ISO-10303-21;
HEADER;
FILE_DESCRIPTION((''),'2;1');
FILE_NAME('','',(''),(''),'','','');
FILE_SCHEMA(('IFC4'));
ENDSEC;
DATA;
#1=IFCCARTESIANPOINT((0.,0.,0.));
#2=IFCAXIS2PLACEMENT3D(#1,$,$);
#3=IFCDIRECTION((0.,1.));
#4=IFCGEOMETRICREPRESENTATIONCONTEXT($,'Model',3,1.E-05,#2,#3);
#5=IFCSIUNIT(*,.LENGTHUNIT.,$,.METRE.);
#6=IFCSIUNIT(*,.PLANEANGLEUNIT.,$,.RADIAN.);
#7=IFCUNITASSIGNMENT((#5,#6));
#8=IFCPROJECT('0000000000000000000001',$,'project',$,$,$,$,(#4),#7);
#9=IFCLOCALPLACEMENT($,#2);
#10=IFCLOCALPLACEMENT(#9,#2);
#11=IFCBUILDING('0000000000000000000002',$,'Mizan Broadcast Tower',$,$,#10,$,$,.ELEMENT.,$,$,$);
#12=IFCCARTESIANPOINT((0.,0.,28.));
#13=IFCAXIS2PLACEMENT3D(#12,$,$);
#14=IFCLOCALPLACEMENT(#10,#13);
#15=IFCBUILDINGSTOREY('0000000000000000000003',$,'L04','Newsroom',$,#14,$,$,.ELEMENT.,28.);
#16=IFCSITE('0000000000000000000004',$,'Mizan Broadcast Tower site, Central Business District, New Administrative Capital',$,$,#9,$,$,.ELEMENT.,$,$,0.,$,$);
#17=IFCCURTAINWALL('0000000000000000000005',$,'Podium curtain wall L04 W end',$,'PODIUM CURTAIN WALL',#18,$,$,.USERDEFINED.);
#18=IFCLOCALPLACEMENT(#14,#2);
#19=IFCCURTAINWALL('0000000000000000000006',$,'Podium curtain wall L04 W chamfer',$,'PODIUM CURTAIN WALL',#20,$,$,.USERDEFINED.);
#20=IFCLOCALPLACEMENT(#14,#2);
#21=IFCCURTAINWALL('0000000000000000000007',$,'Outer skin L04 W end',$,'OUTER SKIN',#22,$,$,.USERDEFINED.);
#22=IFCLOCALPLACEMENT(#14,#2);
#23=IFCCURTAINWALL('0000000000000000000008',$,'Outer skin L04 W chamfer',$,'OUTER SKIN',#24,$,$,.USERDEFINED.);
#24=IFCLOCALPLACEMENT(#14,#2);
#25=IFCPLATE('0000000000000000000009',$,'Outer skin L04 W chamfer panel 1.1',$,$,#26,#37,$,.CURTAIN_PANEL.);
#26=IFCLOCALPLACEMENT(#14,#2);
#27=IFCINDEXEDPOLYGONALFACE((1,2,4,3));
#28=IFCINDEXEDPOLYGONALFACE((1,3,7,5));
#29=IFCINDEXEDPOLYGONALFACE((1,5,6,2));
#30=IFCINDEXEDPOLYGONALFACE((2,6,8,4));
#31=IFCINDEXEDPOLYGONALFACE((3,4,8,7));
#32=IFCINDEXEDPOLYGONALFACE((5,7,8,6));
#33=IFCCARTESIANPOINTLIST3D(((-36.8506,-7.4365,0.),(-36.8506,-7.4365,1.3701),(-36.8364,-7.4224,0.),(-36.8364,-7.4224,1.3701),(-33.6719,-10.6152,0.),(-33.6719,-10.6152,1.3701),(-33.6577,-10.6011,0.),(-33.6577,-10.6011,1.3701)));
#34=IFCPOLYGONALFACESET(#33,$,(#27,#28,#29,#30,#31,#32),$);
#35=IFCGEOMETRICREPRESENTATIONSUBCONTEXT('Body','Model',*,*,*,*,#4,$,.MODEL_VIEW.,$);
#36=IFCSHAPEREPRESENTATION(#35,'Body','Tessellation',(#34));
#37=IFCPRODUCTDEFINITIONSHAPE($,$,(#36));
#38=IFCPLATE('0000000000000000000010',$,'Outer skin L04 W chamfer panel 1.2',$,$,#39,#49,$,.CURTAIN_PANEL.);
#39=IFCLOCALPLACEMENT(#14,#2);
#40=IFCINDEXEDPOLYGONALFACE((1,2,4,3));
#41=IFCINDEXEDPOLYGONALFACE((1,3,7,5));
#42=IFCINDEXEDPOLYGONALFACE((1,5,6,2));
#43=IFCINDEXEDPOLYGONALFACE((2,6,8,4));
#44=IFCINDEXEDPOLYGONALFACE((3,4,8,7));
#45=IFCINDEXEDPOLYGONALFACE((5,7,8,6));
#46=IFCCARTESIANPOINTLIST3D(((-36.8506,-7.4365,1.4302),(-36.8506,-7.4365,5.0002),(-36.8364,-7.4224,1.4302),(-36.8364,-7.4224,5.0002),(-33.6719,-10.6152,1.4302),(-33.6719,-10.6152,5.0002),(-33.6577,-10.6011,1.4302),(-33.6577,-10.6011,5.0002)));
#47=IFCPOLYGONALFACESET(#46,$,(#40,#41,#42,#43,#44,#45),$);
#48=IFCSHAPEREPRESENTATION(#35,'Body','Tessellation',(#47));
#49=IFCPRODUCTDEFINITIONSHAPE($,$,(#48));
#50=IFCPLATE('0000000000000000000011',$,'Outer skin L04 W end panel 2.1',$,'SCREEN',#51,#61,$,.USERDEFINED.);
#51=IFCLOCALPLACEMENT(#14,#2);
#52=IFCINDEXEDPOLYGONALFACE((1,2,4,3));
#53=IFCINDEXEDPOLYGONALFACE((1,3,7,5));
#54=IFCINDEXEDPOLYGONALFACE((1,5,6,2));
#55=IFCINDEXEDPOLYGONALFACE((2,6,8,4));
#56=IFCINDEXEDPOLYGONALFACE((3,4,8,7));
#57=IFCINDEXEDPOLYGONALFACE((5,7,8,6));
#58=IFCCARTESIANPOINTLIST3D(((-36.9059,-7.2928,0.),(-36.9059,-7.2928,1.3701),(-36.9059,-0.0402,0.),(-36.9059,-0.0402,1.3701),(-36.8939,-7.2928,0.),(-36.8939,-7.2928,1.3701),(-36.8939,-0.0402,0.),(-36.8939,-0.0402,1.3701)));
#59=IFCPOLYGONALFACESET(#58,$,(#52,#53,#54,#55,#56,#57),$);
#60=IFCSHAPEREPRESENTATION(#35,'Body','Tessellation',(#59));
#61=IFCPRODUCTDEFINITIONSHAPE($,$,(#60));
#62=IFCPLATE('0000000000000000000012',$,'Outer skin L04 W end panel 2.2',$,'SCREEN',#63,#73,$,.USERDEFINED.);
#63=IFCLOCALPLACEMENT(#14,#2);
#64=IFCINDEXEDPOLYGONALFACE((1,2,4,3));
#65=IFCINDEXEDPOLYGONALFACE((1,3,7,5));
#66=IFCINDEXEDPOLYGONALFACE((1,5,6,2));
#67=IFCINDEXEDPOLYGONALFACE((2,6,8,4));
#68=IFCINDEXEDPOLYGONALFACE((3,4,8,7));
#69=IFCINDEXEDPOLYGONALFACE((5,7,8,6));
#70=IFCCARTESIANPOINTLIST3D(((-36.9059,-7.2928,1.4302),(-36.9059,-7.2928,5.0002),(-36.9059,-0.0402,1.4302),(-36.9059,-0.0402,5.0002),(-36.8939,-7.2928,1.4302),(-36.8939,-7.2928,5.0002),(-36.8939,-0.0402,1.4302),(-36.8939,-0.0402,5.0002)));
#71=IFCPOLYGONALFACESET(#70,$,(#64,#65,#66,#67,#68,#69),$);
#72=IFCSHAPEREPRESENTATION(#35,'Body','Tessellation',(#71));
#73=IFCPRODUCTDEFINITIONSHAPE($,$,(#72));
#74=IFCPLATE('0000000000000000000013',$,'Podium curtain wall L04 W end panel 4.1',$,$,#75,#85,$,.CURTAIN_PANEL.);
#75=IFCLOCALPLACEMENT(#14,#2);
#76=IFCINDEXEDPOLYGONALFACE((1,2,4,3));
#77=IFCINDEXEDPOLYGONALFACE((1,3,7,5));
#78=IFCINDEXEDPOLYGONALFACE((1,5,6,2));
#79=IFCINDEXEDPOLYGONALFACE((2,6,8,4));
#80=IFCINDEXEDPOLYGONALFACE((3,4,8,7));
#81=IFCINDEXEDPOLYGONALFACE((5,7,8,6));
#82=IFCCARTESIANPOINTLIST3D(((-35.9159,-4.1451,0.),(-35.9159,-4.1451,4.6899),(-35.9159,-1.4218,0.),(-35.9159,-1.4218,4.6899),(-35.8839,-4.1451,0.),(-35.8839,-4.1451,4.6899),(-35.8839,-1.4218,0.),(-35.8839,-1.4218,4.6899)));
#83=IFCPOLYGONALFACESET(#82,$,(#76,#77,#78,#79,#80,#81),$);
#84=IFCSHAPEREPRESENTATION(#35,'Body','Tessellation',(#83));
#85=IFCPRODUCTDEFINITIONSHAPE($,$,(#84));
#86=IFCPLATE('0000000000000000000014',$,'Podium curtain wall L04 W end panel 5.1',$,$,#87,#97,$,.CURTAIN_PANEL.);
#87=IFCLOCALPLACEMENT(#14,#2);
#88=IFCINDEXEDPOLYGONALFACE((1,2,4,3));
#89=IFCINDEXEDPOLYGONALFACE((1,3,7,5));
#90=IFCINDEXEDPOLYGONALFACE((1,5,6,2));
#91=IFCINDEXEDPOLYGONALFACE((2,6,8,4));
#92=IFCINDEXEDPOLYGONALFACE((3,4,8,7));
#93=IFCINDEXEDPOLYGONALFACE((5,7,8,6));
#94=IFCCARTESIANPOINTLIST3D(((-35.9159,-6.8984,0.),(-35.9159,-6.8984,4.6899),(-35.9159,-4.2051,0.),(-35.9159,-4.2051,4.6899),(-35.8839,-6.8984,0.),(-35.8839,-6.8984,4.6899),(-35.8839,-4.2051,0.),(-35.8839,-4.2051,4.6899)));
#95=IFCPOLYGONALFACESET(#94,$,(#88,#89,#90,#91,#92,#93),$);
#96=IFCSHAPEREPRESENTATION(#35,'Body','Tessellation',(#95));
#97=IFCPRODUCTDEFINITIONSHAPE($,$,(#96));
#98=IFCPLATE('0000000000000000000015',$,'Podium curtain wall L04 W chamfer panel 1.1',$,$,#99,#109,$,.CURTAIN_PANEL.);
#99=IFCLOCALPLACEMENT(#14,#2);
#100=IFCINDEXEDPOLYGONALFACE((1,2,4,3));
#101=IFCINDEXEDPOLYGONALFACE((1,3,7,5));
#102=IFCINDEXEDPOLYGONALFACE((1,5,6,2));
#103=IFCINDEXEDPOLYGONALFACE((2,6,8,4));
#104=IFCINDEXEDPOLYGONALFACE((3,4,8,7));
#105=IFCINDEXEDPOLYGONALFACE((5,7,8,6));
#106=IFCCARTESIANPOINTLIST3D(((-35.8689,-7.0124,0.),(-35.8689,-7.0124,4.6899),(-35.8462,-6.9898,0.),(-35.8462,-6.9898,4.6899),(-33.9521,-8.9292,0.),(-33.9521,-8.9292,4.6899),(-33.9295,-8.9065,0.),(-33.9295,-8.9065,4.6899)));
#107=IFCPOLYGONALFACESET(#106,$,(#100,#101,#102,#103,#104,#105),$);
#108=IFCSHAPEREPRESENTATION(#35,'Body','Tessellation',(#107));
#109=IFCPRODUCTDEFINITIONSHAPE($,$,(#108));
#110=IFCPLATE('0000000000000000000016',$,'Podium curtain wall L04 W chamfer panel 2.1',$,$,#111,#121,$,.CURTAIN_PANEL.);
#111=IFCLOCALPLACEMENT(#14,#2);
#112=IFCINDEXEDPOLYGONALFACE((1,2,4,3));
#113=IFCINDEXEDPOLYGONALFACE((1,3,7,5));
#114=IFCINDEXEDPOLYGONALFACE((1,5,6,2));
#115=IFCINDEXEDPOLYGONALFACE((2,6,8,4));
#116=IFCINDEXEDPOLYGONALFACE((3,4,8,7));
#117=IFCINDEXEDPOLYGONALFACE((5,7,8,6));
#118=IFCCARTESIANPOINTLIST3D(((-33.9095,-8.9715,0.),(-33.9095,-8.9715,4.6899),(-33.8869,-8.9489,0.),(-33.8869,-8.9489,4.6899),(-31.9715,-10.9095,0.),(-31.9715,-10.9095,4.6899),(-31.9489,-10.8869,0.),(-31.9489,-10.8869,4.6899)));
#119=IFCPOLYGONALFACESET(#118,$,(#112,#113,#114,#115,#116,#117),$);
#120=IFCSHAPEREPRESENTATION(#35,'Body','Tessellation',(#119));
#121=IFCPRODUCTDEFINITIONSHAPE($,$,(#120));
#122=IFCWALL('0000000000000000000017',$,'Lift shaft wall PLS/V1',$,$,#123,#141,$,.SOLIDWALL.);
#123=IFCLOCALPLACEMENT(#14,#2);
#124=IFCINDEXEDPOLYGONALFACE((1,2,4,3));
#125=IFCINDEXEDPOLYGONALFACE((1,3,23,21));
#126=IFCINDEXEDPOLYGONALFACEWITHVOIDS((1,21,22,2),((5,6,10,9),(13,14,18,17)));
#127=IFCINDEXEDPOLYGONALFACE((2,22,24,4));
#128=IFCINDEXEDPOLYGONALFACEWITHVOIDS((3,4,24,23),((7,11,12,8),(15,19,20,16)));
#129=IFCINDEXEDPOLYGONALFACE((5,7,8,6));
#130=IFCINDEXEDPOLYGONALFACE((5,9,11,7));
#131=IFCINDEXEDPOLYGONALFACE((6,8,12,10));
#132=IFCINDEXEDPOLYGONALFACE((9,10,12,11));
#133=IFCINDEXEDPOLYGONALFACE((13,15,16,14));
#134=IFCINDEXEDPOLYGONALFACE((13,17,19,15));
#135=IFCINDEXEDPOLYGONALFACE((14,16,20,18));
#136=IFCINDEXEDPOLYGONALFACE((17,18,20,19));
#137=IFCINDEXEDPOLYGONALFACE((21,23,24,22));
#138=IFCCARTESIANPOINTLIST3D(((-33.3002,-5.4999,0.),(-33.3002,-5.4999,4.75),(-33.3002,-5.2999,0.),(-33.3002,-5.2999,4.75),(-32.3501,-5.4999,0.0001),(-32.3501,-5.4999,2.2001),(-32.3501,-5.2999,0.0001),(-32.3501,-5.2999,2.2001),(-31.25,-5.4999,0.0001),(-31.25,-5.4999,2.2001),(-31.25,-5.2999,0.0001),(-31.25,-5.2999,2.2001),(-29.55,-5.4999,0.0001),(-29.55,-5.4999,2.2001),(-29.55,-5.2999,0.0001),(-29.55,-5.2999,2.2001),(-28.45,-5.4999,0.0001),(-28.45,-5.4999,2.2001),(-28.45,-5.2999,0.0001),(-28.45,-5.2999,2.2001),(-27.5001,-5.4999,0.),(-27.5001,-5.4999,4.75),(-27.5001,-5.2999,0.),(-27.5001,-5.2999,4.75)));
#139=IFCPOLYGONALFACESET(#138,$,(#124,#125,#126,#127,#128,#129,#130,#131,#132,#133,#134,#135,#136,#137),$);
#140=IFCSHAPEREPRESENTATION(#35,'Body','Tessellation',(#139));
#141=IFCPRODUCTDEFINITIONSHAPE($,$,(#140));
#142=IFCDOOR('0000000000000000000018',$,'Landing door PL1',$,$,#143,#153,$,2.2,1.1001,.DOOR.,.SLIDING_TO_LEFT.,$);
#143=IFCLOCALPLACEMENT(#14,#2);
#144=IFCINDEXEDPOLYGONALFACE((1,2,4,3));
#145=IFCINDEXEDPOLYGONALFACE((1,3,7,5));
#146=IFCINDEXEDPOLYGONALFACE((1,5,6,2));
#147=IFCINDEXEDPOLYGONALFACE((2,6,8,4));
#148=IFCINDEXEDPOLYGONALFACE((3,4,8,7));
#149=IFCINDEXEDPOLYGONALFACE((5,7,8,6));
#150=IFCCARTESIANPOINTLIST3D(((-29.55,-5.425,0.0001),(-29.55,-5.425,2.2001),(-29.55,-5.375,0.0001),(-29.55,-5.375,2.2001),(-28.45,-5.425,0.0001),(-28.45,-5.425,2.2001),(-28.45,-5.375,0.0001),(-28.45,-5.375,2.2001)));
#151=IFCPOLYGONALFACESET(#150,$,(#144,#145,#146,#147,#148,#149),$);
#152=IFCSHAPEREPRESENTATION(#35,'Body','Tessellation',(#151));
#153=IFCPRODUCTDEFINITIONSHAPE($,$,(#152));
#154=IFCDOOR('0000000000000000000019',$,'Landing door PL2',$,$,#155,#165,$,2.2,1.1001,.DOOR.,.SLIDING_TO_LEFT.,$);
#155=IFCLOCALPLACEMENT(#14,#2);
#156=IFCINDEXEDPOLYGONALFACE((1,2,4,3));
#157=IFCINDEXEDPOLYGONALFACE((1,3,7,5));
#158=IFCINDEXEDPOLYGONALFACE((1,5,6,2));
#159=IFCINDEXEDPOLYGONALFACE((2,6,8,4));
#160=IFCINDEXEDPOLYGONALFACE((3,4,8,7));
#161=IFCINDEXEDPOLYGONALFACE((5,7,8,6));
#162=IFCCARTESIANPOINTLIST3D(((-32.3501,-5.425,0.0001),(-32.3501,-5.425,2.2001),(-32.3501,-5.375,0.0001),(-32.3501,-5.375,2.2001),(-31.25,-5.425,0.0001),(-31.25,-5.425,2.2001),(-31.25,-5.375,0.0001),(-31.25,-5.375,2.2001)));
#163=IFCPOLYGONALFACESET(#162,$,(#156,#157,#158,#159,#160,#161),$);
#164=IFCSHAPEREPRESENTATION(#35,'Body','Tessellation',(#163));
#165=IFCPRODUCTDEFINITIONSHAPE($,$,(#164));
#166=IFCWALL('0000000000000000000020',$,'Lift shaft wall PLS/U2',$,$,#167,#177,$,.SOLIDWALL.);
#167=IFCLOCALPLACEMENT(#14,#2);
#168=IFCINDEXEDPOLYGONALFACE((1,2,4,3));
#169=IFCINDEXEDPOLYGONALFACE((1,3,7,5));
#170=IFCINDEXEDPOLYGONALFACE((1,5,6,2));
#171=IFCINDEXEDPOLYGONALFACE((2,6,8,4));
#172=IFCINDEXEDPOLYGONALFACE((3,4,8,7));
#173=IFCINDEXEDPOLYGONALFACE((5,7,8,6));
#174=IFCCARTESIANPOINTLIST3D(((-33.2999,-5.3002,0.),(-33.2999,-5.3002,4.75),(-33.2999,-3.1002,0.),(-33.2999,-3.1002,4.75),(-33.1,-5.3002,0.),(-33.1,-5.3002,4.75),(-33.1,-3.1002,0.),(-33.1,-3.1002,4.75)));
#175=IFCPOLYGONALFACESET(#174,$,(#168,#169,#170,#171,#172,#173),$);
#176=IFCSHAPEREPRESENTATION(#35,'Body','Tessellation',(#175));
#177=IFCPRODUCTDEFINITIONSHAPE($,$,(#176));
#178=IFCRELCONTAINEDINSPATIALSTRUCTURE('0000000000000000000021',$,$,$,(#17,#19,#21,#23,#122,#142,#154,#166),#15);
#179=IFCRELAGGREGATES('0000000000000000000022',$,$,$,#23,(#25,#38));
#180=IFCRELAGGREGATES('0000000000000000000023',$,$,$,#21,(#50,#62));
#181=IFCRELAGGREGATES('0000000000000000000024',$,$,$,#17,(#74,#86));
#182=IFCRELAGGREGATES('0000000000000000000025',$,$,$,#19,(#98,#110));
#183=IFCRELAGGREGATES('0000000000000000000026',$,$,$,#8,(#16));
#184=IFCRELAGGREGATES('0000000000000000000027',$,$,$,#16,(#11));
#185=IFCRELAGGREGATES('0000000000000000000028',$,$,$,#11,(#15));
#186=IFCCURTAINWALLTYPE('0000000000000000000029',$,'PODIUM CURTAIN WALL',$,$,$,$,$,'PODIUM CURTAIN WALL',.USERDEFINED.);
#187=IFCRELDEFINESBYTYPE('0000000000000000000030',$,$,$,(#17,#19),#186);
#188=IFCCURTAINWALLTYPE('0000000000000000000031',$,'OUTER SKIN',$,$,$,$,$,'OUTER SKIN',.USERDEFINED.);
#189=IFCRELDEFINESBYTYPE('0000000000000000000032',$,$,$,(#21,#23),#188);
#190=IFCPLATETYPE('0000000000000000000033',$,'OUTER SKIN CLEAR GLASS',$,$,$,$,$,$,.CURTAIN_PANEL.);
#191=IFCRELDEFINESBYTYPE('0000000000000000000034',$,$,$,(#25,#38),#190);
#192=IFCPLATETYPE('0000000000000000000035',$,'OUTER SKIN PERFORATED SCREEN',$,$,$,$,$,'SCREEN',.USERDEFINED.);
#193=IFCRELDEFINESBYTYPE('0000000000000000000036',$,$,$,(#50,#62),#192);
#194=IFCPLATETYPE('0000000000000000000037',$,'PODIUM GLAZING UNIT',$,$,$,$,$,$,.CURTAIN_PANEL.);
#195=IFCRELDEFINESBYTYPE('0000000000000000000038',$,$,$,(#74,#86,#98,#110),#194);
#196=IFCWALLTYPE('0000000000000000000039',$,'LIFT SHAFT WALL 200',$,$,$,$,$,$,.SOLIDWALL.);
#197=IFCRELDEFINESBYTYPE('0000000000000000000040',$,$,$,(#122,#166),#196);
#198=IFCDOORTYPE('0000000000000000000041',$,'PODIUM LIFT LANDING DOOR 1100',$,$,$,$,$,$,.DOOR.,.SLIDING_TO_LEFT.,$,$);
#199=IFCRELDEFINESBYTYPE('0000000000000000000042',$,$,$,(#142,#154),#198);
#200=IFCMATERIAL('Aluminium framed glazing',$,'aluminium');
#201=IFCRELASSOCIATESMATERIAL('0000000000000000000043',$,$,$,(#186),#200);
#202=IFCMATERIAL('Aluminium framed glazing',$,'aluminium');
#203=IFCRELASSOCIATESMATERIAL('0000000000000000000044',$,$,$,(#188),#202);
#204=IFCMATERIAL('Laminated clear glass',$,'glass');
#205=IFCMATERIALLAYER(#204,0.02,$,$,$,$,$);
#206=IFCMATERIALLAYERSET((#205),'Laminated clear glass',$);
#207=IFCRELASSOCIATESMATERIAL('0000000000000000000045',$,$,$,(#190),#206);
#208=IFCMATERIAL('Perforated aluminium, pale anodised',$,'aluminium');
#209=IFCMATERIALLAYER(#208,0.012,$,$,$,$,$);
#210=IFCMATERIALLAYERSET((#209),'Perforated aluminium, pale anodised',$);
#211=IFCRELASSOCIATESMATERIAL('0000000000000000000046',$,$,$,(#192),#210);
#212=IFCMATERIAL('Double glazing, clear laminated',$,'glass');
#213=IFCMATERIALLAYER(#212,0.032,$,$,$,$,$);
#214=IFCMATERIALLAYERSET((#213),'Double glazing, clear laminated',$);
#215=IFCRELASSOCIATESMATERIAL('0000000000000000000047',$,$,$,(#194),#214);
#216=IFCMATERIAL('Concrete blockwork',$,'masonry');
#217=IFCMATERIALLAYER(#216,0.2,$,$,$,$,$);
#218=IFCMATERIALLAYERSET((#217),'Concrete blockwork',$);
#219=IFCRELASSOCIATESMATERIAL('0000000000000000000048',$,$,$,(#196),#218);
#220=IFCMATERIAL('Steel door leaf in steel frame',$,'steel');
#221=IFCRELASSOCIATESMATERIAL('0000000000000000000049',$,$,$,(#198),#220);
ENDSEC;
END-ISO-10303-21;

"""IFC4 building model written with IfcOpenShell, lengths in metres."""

from ifc_helpers import new_model, si_unit, direction, frame, frame_2d, origin, origin_2d, place, context, subcontext, project, spatial, rectangle, extrude, material, layer, layer_set, type_object, element, fill, aggregate, save


model = new_model("IFC4")

# Units and contexts
model_context = context("Model", 3, precision=1e-05, world=origin(), true_north=direction((0.0, 1.0)))
body_context = subcontext(model_context, "Body", "Model", "MODEL_VIEW")
ifc_project = project(units=[si_unit("LENGTHUNIT", "METRE"), si_unit("PLANEANGLEUNIT", "RADIAN")], contexts=[model_context])

# Site, building, storey
site_placement = place(None, origin())
site = spatial("IfcSite", under=ifc_project, at=site_placement, Name="Mizan Broadcast Tower site, Central Business District, New Administrative Capital", CompositionType="ELEMENT", RefElevation=0.0)
building_placement = place(site_placement, origin())
building = spatial("IfcBuilding", under=site, at=building_placement, Name="Mizan Broadcast Tower", CompositionType="ELEMENT")
storey_placement = place(building_placement, frame((0.0, 0.0, 28.0)))
storey = spatial("IfcBuildingStorey", under=building, at=storey_placement, Name="L04", Description="Newsroom", CompositionType="ELEMENT", Elevation=28.0)

# Curtain wall
ifc_material_1 = material(Name="Aluminium framed glazing", Category="aluminium")
curtain_wall_type_1 = type_object("IfcCurtainWallType", Name="PODIUM CURTAIN WALL", ElementType="PODIUM CURTAIN WALL", PredefinedType="USERDEFINED", material=ifc_material_1)
curtain_wall_1_placement = place(storey_placement, origin())
curtain_wall_1 = element("IfcCurtainWall", 1, at=curtain_wall_1_placement, inside=storey, type_object=curtain_wall_type_1, Name="Podium curtain wall L04 W end", ObjectType="PODIUM CURTAIN WALL", PredefinedType="USERDEFINED")

# Curtain wall
curtain_wall_2_placement = place(storey_placement, origin())
curtain_wall_2 = element("IfcCurtainWall", 2, at=curtain_wall_2_placement, inside=storey, type_object=curtain_wall_type_1, Name="Podium curtain wall L04 W chamfer", ObjectType="PODIUM CURTAIN WALL", PredefinedType="USERDEFINED")

# Curtain wall
ifc_material_2 = material(Name="Aluminium framed glazing", Category="aluminium")
curtain_wall_type_2 = type_object("IfcCurtainWallType", Name="OUTER SKIN", ElementType="OUTER SKIN", PredefinedType="USERDEFINED", material=ifc_material_2)
curtain_wall_3_placement = place(storey_placement, origin())
curtain_wall_3 = element("IfcCurtainWall", 3, at=curtain_wall_3_placement, inside=storey, type_object=curtain_wall_type_2, Name="Outer skin L04 W end", ObjectType="OUTER SKIN", PredefinedType="USERDEFINED")

# Curtain wall, plates
curtain_wall_4_placement = place(storey_placement, origin())
curtain_wall_4 = element("IfcCurtainWall", 4, at=curtain_wall_4_placement, inside=storey, type_object=curtain_wall_type_2, Name="Outer skin L04 W chamfer", ObjectType="OUTER SKIN", PredefinedType="USERDEFINED")
ifc_material_3 = material(Name="Laminated clear glass", Category="glass")
ifc_layer_1 = layer(ifc_material_3, 0.02)
ifc_layer_set_1 = layer_set([ifc_layer_1], Name="Laminated clear glass")
plate_type_1 = type_object("IfcPlateType", Name="OUTER SKIN CLEAR GLASS", PredefinedType="CURTAIN_PANEL", material=ifc_layer_set_1)
plate_1_placement = place(storey_placement, frame((-35.2542, -9.0188, 0.0), z_axis=(0.0, 0.0, 1.0), x_axis=(0.707107, -0.707107, 0.0)))
plate_1 = element("IfcPlate", 5, at=plate_1_placement, type_object=plate_type_1, Name="Outer skin L04 W chamfer panel 1.1", PredefinedType="CURTAIN_PANEL", context=body_context, shape_type="SweptSolid", body=[
    extrude(rectangle(XDim=4.4954, YDim=0.02, at=origin_2d()), origin(), (0.0, 0.0, 1.0), 1.3701),
])
plate_2_placement = place(storey_placement, frame((-35.2542, -9.0188, 1.4302), z_axis=(0.0, 0.0, 1.0), x_axis=(0.707107, -0.707107, 0.0)))
plate_2 = element("IfcPlate", 6, at=plate_2_placement, type_object=plate_type_1, Name="Outer skin L04 W chamfer panel 1.2", PredefinedType="CURTAIN_PANEL", context=body_context, shape_type="SweptSolid", body=[
    extrude(rectangle(XDim=4.4954, YDim=0.02, at=origin_2d()), origin(), (0.0, 0.0, 1.0), 3.5701),
])
aggregate(curtain_wall_4, [plate_1, plate_2])

# Plates
ifc_material_4 = material(Name="Perforated aluminium, pale anodised", Category="aluminium")
ifc_layer_2 = layer(ifc_material_4, 0.012)
ifc_layer_set_2 = layer_set([ifc_layer_2], Name="Perforated aluminium, pale anodised")
plate_type_2 = type_object("IfcPlateType", Name="OUTER SKIN PERFORATED SCREEN", ElementType="SCREEN", PredefinedType="USERDEFINED", material=ifc_layer_set_2)
plate_3_placement = place(storey_placement, frame((-36.8999, -3.6665, 0.0), z_axis=(0.0, 0.0, 1.0), x_axis=(0.0, -1.0, 0.0)))
plate_3 = element("IfcPlate", 7, at=plate_3_placement, type_object=plate_type_2, Name="Outer skin L04 W end panel 2.1", ObjectType="SCREEN", PredefinedType="USERDEFINED", context=body_context, shape_type="SweptSolid", body=[
    extrude(rectangle(XDim=7.2527, YDim=0.012, at=origin_2d()), origin(), (0.0, 0.0, 1.0), 1.3701),
])
plate_4_placement = place(storey_placement, frame((-36.8999, -3.6665, 1.4302), z_axis=(0.0, 0.0, 1.0), x_axis=(0.0, -1.0, 0.0)))
plate_4 = element("IfcPlate", 8, at=plate_4_placement, type_object=plate_type_2, Name="Outer skin L04 W end panel 2.2", ObjectType="SCREEN", PredefinedType="USERDEFINED", context=body_context, shape_type="SweptSolid", body=[
    extrude(rectangle(XDim=7.2527, YDim=0.012, at=origin_2d()), origin(), (0.0, 0.0, 1.0), 3.5701),
])
aggregate(curtain_wall_3, [plate_3, plate_4])
ifc_material_5 = material(Name="Double glazing, clear laminated", Category="glass")
ifc_layer_3 = layer(ifc_material_5, 0.032)
ifc_layer_set_3 = layer_set([ifc_layer_3], Name="Double glazing, clear laminated")
plate_type_3 = type_object("IfcPlateType", Name="PODIUM GLAZING UNIT", PredefinedType="CURTAIN_PANEL", material=ifc_layer_set_3)
plate_5_placement = place(storey_placement, frame((-35.8999, -2.7834, 0.0), z_axis=(0.0, 0.0, 1.0), x_axis=(0.0, -1.0, 0.0)))
plate_5 = element("IfcPlate", 9, at=plate_5_placement, type_object=plate_type_3, Name="Podium curtain wall L04 W end panel 4.1", PredefinedType="CURTAIN_PANEL", context=body_context, shape_type="SweptSolid", body=[
    extrude(rectangle(XDim=2.7234, YDim=0.032, at=origin_2d()), origin(), (0.0, 0.0, 1.0), 4.6899),
])
plate_6_placement = place(storey_placement, frame((-35.8999, -5.5518, 0.0), z_axis=(0.0, 0.0, 1.0), x_axis=(0.0, -1.0, 0.0)))
plate_6 = element("IfcPlate", 10, at=plate_6_placement, type_object=plate_type_3, Name="Podium curtain wall L04 W end panel 5.1", PredefinedType="CURTAIN_PANEL", context=body_context, shape_type="SweptSolid", body=[
    extrude(rectangle(XDim=2.6934, YDim=0.032, at=origin_2d()), origin(), (0.0, 0.0, 1.0), 4.6899),
])
aggregate(curtain_wall_1, [plate_5, plate_6])
plate_7_placement = place(storey_placement, frame((-34.8992, -7.9595, 0.0), z_axis=(0.0, 0.0, 1.0), x_axis=(0.707107, -0.707107, 0.0)))
plate_7 = element("IfcPlate", 11, at=plate_7_placement, type_object=plate_type_3, Name="Podium curtain wall L04 W chamfer panel 1.1", PredefinedType="CURTAIN_PANEL", context=body_context, shape_type="SweptSolid", body=[
    extrude(rectangle(XDim=2.7107, YDim=0.032, at=origin_2d()), origin(), (0.0, 0.0, 1.0), 4.6899),
])
plate_8_placement = place(storey_placement, frame((-32.9292, -9.9292, 0.0), z_axis=(0.0, 0.0, 1.0), x_axis=(0.707107, -0.707107, 0.0)))
plate_8 = element("IfcPlate", 12, at=plate_8_placement, type_object=plate_type_3, Name="Podium curtain wall L04 W chamfer panel 2.1", PredefinedType="CURTAIN_PANEL", context=body_context, shape_type="SweptSolid", body=[
    extrude(rectangle(XDim=2.7407, YDim=0.032, at=origin_2d()), origin(), (0.0, 0.0, 1.0), 4.6899),
])
aggregate(curtain_wall_2, [plate_7, plate_8])

# Wall, openings, doors
ifc_material_6 = material(Name="Concrete blockwork", Category="masonry")
ifc_layer_4 = layer(ifc_material_6, 0.2)
ifc_layer_set_4 = layer_set([ifc_layer_4], Name="Concrete blockwork")
wall_type = type_object("IfcWallType", Name="LIFT SHAFT WALL 200", PredefinedType="SOLIDWALL", material=ifc_layer_set_4)
wall_1_placement = place(storey_placement, frame((-33.3, -5.3999, 0.0), z_axis=(0.0, 0.0, 1.0), x_axis=(1.0, 0.0, 0.0)))
wall_1 = element("IfcWall", 13, at=wall_1_placement, inside=storey, type_object=wall_type, Name="Lift shaft wall PLS/V1", PredefinedType="SOLIDWALL", context=body_context, shape_type="SweptSolid", body=[
    extrude(rectangle(XDim=5.8, YDim=0.2, at=frame_2d((2.8999, 0.0))), origin(), (0.0, 0.0, 1.0), 4.75),
])
opening_1_placement = place(wall_1_placement, frame((3.75, 0.0, 0.0)))
opening_1 = element("IfcOpeningElement", 14, at=opening_1_placement, cuts=wall_1, PredefinedType="OPENING", context=body_context, shape_type="SweptSolid", body=[
    extrude(rectangle(XDim=1.1001, YDim=2.2, at=frame_2d((0.55, 1.1001))), frame((0.0, 0.1099, 0.0), z_axis=(0.0, -1.0, 0.0), x_axis=(1.0, 0.0, 0.0)), (0.0, 0.0, 1.0), 0.22),
])
opening_2_placement = place(wall_1_placement, frame((0.95, 0.0, 0.0)))
opening_2 = element("IfcOpeningElement", 15, at=opening_2_placement, cuts=wall_1, PredefinedType="OPENING", context=body_context, shape_type="SweptSolid", body=[
    extrude(rectangle(XDim=1.1001, YDim=2.2, at=frame_2d((0.55, 1.1001))), frame((0.0, 0.1099, 0.0), z_axis=(0.0, -1.0, 0.0), x_axis=(1.0, 0.0, 0.0)), (0.0, 0.0, 1.0), 0.22),
])
ifc_material_7 = material(Name="Steel door leaf in steel frame", Category="steel")
door_type = type_object("IfcDoorType", Name="PODIUM LIFT LANDING DOOR 1100", OperationType="SLIDING_TO_LEFT", PredefinedType="DOOR", material=ifc_material_7)
door_1_placement = place(opening_1_placement, origin())
door_1 = element("IfcDoor", 16, at=door_1_placement, inside=storey, type_object=door_type, Name="Landing door PL1", OperationType="SLIDING_TO_LEFT", OverallHeight=2.2, OverallWidth=1.1001, PredefinedType="DOOR", context=body_context, shape_type="SweptSolid", body=[
    extrude(rectangle(XDim=1.1001, YDim=2.2, at=frame_2d((0.55, 1.1001))), frame((0.0, 0.0249, 0.0), z_axis=(0.0, -1.0, 0.0), x_axis=(1.0, 0.0, 0.0)), (0.0, 0.0, 1.0), 0.05),
])
fill(opening_1, door_1)
door_2_placement = place(opening_2_placement, origin())
door_2 = element("IfcDoor", 17, at=door_2_placement, inside=storey, type_object=door_type, Name="Landing door PL2", OperationType="SLIDING_TO_LEFT", OverallHeight=2.2, OverallWidth=1.1001, PredefinedType="DOOR", context=body_context, shape_type="SweptSolid", body=[
    extrude(rectangle(XDim=1.1001, YDim=2.2, at=frame_2d((0.55, 1.1001))), frame((0.0, 0.0249, 0.0), z_axis=(0.0, -1.0, 0.0), x_axis=(1.0, 0.0, 0.0)), (0.0, 0.0, 1.0), 0.05),
])
fill(opening_2, door_2)

# Wall
wall_2_placement = place(storey_placement, frame((-33.2, -3.1001, 0.0), z_axis=(0.0, 0.0, 1.0), x_axis=(0.0, -1.0, 0.0)))
element("IfcWall", 18, at=wall_2_placement, inside=storey, type_object=wall_type, Name="Lift shaft wall PLS/U2", PredefinedType="SOLIDWALL", context=body_context, shape_type="SweptSolid", body=[
    extrude(rectangle(XDim=2.2, YDim=0.2, at=frame_2d((1.1001, 0.0))), origin(), (0.0, 0.0, 1.0), 4.75),
])

save(model, "model.ifc")
